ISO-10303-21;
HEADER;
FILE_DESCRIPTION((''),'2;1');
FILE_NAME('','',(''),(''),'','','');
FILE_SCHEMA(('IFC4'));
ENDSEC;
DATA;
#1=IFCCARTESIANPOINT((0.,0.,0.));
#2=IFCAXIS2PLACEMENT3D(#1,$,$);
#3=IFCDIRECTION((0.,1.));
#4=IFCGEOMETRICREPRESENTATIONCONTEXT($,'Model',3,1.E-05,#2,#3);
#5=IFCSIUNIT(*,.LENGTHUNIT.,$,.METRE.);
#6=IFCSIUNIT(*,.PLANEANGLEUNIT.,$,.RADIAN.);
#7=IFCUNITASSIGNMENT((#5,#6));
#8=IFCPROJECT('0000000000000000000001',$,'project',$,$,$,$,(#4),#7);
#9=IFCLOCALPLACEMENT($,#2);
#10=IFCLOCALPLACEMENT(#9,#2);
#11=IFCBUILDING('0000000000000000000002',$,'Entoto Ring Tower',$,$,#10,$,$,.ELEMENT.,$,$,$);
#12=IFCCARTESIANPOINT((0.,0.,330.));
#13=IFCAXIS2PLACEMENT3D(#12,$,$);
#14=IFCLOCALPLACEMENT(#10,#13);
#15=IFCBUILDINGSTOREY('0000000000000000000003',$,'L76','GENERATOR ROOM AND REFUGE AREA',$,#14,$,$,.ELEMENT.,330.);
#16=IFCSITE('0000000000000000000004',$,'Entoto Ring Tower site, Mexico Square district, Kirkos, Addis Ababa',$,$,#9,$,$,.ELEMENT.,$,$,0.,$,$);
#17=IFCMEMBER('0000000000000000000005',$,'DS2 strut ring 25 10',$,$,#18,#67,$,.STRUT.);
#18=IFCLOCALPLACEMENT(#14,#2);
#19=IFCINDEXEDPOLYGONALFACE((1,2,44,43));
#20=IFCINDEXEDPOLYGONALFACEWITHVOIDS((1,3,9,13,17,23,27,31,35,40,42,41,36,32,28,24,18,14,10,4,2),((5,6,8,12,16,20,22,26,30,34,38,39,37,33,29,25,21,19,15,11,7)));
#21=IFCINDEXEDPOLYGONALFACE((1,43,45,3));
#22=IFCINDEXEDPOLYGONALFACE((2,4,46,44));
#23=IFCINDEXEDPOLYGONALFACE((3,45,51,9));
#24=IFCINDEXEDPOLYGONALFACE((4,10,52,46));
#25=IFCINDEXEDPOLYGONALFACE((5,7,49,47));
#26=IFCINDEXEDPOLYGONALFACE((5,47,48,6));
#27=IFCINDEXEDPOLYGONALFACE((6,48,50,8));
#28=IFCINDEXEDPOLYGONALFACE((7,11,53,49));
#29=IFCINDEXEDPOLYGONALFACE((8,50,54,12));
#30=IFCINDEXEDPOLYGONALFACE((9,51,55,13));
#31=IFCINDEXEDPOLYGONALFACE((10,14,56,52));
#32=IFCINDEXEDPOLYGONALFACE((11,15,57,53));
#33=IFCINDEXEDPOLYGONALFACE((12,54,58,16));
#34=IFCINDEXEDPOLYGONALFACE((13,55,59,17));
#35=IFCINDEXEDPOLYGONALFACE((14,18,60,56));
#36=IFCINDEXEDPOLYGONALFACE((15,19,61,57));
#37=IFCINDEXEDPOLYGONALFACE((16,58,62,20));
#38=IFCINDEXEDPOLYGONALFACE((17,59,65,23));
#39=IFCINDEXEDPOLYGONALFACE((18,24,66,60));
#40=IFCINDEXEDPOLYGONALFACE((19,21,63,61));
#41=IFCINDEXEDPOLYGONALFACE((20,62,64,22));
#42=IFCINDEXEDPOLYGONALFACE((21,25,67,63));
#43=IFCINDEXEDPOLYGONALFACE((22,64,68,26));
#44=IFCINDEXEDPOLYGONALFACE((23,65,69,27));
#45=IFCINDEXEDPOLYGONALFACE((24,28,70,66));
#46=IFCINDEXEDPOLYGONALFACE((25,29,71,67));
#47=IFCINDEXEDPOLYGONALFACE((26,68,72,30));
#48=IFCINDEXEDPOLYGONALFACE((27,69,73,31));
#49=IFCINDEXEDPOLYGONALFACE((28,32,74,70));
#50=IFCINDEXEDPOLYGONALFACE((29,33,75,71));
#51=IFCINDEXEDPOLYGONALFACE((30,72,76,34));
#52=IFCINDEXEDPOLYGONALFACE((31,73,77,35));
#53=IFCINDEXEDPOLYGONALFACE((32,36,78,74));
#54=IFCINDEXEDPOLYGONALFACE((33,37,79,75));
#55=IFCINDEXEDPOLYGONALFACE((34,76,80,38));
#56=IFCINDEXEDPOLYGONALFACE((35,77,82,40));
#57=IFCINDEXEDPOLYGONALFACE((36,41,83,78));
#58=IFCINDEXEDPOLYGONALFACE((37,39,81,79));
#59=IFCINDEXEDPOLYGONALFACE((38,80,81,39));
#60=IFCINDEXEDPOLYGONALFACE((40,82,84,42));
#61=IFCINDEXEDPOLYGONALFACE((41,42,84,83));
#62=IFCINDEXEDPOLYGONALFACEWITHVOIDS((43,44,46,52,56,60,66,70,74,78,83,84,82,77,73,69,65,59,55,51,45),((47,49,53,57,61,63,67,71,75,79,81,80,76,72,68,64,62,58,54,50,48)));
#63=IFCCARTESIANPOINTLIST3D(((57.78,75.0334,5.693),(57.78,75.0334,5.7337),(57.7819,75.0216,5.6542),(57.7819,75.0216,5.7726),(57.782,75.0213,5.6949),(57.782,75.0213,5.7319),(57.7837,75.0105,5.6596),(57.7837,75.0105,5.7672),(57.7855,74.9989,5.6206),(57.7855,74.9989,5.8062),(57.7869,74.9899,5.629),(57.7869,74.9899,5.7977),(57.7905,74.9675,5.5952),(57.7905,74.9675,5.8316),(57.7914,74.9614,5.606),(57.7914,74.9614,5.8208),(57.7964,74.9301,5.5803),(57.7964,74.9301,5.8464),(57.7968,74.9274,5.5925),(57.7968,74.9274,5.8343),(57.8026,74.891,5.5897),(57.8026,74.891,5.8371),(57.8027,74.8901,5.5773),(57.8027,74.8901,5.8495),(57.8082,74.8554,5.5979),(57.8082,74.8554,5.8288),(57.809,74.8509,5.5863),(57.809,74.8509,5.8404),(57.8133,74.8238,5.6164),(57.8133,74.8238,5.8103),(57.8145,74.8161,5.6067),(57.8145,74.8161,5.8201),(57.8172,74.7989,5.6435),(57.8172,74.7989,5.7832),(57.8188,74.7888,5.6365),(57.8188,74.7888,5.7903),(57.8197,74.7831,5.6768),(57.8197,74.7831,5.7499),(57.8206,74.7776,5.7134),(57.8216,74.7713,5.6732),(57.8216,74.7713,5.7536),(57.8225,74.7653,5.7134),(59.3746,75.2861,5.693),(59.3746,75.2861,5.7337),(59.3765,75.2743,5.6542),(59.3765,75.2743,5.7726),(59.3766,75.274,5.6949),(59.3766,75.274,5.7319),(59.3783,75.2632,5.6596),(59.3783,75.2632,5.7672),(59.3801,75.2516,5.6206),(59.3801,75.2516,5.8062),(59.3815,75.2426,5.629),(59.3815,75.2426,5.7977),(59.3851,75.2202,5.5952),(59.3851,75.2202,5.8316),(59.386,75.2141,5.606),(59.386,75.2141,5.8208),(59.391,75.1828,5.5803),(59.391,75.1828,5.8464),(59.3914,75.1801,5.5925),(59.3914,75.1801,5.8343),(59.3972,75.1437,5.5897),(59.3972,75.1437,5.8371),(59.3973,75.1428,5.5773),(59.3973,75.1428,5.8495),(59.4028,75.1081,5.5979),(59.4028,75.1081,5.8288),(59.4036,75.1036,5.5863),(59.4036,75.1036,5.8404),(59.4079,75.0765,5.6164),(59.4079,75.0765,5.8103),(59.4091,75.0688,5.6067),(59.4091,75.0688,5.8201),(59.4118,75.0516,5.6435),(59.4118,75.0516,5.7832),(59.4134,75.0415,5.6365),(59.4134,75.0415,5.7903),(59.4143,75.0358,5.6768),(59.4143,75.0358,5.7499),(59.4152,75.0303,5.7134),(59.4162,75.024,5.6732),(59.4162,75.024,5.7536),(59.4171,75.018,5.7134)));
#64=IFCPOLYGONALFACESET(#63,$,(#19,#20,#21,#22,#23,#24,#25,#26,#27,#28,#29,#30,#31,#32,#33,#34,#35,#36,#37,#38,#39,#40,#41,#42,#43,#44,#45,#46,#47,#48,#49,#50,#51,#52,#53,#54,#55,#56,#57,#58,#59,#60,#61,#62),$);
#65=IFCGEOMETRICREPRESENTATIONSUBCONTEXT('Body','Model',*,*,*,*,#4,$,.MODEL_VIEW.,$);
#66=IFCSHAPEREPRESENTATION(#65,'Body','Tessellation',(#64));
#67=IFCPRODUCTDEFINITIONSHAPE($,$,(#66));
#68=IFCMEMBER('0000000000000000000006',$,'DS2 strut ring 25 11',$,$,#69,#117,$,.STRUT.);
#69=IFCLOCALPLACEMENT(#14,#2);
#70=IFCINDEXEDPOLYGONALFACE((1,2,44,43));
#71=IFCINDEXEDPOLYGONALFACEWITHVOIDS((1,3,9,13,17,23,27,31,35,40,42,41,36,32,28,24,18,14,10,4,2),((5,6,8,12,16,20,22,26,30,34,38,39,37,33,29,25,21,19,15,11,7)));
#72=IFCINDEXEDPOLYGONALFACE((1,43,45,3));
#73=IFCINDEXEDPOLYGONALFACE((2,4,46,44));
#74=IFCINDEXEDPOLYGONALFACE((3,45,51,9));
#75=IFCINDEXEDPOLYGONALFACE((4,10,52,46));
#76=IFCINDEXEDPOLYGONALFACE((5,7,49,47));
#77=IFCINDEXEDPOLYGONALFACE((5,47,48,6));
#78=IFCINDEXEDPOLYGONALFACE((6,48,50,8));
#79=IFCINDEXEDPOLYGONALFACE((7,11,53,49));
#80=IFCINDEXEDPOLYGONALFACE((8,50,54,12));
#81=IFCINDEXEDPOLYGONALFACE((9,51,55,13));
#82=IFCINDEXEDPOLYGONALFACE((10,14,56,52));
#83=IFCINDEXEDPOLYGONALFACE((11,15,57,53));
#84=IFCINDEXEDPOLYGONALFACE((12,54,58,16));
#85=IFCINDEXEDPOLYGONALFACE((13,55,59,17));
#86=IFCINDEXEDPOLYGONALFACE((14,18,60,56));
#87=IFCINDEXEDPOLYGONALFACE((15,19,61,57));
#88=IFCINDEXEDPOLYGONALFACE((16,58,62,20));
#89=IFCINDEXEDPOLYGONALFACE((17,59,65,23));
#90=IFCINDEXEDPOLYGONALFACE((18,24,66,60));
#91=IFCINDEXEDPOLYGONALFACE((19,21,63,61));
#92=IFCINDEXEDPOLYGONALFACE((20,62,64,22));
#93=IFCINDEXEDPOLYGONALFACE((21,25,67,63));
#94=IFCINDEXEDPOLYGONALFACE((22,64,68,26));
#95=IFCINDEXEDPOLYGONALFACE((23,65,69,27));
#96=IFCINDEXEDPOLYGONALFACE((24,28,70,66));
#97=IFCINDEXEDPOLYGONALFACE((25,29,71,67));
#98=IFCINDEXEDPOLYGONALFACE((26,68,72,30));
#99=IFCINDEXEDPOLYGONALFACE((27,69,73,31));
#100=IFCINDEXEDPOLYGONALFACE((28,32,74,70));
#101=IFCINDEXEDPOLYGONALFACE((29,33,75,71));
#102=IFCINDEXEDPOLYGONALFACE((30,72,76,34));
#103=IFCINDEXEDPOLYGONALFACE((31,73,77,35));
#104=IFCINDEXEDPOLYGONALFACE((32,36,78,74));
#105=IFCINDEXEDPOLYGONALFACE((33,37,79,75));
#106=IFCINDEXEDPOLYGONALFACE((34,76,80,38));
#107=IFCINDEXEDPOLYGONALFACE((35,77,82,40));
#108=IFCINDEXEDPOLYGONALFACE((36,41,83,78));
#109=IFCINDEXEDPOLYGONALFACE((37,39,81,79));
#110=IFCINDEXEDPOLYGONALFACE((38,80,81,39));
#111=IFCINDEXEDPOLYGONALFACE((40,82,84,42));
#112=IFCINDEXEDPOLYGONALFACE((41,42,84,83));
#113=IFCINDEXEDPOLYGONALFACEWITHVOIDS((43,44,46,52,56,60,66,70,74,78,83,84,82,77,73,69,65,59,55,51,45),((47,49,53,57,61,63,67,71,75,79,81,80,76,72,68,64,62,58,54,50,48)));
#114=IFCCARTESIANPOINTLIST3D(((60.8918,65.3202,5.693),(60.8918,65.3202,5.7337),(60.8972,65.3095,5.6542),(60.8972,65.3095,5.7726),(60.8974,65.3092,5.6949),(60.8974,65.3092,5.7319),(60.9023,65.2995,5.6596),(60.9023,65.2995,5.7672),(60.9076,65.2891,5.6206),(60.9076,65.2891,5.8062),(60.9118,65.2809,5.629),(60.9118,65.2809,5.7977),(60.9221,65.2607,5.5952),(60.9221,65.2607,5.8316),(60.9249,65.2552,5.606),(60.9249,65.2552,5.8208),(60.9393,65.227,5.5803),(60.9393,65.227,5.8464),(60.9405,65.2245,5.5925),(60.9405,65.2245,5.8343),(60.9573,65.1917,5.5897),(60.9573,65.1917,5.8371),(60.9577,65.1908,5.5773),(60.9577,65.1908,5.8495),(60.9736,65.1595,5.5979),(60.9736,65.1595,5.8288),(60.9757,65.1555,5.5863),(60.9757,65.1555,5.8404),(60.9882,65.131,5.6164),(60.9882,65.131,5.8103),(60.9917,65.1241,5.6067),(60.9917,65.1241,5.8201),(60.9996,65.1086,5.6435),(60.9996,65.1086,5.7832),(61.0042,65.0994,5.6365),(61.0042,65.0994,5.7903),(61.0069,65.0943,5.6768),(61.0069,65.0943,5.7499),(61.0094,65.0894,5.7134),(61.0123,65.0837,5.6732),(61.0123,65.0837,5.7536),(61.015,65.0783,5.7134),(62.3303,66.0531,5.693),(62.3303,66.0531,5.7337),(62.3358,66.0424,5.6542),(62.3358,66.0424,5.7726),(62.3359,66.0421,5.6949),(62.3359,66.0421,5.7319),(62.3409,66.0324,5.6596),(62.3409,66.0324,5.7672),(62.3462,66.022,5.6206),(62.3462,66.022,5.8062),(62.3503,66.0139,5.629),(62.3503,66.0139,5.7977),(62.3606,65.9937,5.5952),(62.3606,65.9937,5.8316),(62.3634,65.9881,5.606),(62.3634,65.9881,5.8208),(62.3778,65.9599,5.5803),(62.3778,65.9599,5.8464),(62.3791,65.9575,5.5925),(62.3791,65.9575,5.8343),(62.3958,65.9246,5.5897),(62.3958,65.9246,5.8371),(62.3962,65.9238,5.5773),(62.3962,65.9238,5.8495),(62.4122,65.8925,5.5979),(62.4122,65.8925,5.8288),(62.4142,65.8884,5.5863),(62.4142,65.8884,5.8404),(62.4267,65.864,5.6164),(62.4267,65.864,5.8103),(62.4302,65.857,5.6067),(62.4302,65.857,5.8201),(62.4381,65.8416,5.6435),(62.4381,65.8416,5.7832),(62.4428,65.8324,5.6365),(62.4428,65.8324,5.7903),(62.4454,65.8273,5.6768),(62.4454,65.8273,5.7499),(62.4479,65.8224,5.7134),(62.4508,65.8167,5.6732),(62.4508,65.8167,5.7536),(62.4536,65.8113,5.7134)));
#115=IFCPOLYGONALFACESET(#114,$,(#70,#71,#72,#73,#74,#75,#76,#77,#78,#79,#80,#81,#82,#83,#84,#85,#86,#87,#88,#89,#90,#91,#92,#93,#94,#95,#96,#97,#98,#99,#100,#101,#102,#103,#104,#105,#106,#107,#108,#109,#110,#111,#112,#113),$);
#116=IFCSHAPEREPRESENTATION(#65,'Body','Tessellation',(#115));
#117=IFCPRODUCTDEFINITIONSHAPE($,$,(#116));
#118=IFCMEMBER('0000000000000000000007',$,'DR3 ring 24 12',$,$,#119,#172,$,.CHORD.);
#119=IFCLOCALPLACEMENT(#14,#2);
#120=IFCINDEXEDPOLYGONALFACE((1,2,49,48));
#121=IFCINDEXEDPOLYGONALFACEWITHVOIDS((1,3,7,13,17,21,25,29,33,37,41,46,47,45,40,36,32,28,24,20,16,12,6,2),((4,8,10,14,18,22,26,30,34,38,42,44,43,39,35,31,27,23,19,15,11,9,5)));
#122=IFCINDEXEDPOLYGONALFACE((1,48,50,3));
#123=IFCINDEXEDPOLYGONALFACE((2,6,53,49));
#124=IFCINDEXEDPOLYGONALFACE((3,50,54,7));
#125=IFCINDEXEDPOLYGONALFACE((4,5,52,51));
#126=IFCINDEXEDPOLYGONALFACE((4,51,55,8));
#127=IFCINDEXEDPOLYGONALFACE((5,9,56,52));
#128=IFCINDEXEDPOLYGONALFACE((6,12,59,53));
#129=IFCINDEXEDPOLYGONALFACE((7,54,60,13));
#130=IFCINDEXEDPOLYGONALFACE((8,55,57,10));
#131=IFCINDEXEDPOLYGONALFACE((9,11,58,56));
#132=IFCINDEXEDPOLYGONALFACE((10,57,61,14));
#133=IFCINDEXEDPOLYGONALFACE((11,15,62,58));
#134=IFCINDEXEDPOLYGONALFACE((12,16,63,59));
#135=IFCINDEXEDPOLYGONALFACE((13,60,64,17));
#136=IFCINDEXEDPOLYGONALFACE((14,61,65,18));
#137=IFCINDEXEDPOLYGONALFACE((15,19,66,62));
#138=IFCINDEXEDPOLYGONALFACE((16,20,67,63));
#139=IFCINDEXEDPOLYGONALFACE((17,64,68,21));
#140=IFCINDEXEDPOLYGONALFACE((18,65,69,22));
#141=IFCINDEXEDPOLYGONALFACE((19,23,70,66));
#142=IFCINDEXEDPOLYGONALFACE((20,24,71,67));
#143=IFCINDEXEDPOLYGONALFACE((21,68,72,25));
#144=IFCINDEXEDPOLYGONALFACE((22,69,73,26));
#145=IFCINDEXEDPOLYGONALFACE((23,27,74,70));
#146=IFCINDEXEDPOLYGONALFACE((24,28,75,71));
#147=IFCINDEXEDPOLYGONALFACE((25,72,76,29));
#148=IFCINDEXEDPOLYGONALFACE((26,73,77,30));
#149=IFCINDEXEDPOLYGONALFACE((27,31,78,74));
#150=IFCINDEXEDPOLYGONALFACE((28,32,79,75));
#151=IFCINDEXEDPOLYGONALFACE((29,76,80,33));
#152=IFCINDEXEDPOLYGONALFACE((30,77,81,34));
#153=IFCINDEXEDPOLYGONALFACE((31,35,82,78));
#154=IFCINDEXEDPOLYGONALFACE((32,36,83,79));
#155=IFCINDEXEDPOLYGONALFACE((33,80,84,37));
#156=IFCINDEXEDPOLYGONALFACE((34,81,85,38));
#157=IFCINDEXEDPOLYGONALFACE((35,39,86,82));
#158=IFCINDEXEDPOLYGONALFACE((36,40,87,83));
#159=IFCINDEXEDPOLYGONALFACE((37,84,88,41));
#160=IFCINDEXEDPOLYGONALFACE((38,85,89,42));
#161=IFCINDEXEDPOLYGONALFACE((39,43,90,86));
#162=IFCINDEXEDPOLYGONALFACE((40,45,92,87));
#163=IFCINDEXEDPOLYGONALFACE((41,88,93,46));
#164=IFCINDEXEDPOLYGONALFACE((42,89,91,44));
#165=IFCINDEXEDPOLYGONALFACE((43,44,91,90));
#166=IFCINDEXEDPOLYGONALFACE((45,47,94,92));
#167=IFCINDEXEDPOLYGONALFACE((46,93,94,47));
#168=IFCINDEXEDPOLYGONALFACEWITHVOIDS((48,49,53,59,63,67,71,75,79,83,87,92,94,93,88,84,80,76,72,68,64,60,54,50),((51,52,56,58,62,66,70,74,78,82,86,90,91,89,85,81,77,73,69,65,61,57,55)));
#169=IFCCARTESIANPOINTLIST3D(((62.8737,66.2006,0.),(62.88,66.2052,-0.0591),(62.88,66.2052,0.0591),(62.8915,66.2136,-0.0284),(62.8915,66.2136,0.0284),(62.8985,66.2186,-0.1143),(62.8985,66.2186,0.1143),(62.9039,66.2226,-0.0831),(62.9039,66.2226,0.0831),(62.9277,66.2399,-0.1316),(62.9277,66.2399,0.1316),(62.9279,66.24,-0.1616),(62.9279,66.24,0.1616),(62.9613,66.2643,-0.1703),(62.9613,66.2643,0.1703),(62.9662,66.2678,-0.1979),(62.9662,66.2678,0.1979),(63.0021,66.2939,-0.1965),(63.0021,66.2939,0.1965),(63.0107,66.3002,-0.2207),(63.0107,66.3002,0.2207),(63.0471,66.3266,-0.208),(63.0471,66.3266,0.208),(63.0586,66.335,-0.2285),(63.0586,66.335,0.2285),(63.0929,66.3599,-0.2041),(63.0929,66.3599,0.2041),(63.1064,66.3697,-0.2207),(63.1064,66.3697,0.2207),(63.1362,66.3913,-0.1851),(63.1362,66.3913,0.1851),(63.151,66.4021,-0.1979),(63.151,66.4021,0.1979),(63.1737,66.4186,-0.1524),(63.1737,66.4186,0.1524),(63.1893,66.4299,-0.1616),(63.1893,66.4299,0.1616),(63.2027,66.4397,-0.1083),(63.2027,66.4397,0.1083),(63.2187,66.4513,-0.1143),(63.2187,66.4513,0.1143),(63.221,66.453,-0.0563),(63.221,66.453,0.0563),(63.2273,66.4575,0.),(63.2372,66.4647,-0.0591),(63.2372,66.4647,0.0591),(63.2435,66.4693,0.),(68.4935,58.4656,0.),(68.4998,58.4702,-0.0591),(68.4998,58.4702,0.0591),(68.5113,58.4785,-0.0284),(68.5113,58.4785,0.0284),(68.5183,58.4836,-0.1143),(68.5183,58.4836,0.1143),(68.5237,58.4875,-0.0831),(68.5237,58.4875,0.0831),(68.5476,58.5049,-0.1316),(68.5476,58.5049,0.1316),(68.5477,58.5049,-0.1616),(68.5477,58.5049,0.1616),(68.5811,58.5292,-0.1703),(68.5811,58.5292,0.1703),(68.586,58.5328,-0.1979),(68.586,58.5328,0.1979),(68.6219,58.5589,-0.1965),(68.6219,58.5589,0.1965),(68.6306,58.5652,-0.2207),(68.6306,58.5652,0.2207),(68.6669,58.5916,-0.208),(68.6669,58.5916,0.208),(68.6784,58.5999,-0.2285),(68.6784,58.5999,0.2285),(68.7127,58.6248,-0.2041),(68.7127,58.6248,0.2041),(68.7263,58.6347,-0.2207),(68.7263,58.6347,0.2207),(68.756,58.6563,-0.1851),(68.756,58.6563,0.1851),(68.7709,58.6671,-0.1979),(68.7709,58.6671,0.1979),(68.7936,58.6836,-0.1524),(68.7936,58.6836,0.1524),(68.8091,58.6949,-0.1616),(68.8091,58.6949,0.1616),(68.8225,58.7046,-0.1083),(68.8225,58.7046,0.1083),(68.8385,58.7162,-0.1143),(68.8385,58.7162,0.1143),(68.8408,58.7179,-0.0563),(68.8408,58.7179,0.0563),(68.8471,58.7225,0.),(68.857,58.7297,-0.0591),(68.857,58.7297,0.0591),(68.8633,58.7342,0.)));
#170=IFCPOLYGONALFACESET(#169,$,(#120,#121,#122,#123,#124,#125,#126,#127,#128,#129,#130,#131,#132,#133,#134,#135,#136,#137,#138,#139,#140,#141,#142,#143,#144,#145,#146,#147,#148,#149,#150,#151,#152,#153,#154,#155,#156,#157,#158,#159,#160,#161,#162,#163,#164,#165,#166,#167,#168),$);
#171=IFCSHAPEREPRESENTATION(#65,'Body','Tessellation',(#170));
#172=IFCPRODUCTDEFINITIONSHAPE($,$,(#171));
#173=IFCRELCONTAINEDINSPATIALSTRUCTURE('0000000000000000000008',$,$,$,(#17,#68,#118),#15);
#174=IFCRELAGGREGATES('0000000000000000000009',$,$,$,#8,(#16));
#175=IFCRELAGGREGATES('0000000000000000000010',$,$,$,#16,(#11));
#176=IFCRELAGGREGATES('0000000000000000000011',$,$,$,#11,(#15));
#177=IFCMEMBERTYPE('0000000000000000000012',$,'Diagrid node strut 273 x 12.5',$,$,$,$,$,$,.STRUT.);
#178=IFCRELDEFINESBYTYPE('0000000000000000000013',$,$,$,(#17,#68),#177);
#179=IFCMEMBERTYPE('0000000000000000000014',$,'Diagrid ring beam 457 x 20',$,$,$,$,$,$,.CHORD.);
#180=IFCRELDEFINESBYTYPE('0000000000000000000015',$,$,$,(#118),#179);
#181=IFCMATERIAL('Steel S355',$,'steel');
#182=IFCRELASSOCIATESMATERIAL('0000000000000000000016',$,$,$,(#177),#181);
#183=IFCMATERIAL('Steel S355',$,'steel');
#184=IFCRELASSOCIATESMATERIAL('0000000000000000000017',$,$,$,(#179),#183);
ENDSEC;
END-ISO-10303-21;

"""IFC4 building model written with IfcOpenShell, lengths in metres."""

from ifc_helpers import new_model, si_unit, direction, frame, origin, origin_2d, place, context, subcontext, project, spatial, circle, hollow_circle, extrude, material, material_profile, profile_set, type_object, element, save


model = new_model("IFC4")

# Units and contexts
model_context = context("Model", 3, precision=1e-05, world=origin(), true_north=direction((0.0, 1.0)))
body_context = subcontext(model_context, "Body", "Model", "MODEL_VIEW")
ifc_project = project(units=[si_unit("LENGTHUNIT", "METRE"), si_unit("PLANEANGLEUNIT", "RADIAN")], contexts=[model_context])

# Site, building, storey
site_placement = place(None, origin())
site = spatial("IfcSite", under=ifc_project, at=site_placement, Name="Entoto Ring Tower site, Mexico Square district, Kirkos, Addis Ababa", CompositionType="ELEMENT", RefElevation=0.0)
building_placement = place(site_placement, origin())
building = spatial("IfcBuilding", under=site, at=building_placement, Name="Entoto Ring Tower", CompositionType="ELEMENT")
storey_placement = place(building_placement, frame((0.0, 0.0, 330.0)))
storey = spatial("IfcBuildingStorey", under=building, at=storey_placement, Name="L76", Description="GENERATOR ROOM AND REFUGE AREA", CompositionType="ELEMENT", Elevation=330.0)

# Members
ifc_material_1 = material(Name="Steel S355", Category="steel")
ifc_material_profile_1 = material_profile(ifc_material_1, hollow_circle(Radius=0.1365, WallThickness=0.0125, at=origin_2d()), Name="CHS 273 x 12.5")
ifc_material_2 = material(Name="Concrete C60/75", Category="concrete")
ifc_material_profile_2 = material_profile(ifc_material_2, circle(Radius=0.124, at=origin_2d()), Name="Concrete C60/75 infill")
ifc_profile_set_1 = profile_set([ifc_material_profile_1, ifc_material_profile_2], Name="Steel S355")
member_type_1 = type_object("IfcMemberType", Name="Diagrid node strut 273 x 12.5", PredefinedType="STRUT", material=ifc_profile_set_1)
for number, where, z_axis, x_axis, name in (
    (1, (59.3958, 75.1528, 5.7134), (-0.987675, -0.156522, 0.0), (0.156522, -0.987675, 0.0), "DS2 strut ring 25 10"),
    (2, (62.3916, 65.9329, 5.7134), (-0.891014, -0.453976, 0.0), (0.453976, -0.891014, 0.0), "DS2 strut ring 25 11"),
):
    element("IfcMember", number, at=place(storey_placement, frame(where, z_axis=z_axis, x_axis=x_axis)), inside=storey, type_object=member_type_1, Name=name, PredefinedType="STRUT", context=body_context, shape_type="SweptSolid", body=[
        extrude(hollow_circle(Radius=0.1365, WallThickness=0.0125, at=origin_2d()), origin(), (0.0, 0.0, 1.0), 1.6145),
    ])
ifc_material_3 = material(Name="Steel S355", Category="steel")
ifc_material_profile_3 = material_profile(ifc_material_3, hollow_circle(Radius=0.2285, WallThickness=0.02, at=origin_2d()), Name="CHS 457 x 20")
ifc_material_4 = material(Name="Concrete C60/75", Category="concrete")
ifc_material_profile_4 = material_profile(ifc_material_4, circle(Radius=0.2085, at=origin_2d()), Name="Concrete C60/75 infill")
ifc_profile_set_2 = profile_set([ifc_material_profile_3, ifc_material_profile_4], Name="Steel S355")
member_type_2 = type_object("IfcMemberType", Name="Diagrid ring beam 457 x 20", PredefinedType="CHORD", material=ifc_profile_set_2)
member_1_placement = place(storey_placement, frame((63.0586, 66.335, 0.0), z_axis=(0.587784, -0.809018, 0.0), x_axis=(0.809018, 0.587784, 0.0)))
element("IfcMember", 3, at=member_1_placement, inside=storey, type_object=member_type_2, Name="DR3 ring 24 12", PredefinedType="CHORD", context=body_context, shape_type="SweptSolid", body=[
    extrude(hollow_circle(Radius=0.2285, WallThickness=0.02, at=origin_2d()), origin(), (0.0, 0.0, 1.0), 9.561),
])

save(model, "model.ifc")
